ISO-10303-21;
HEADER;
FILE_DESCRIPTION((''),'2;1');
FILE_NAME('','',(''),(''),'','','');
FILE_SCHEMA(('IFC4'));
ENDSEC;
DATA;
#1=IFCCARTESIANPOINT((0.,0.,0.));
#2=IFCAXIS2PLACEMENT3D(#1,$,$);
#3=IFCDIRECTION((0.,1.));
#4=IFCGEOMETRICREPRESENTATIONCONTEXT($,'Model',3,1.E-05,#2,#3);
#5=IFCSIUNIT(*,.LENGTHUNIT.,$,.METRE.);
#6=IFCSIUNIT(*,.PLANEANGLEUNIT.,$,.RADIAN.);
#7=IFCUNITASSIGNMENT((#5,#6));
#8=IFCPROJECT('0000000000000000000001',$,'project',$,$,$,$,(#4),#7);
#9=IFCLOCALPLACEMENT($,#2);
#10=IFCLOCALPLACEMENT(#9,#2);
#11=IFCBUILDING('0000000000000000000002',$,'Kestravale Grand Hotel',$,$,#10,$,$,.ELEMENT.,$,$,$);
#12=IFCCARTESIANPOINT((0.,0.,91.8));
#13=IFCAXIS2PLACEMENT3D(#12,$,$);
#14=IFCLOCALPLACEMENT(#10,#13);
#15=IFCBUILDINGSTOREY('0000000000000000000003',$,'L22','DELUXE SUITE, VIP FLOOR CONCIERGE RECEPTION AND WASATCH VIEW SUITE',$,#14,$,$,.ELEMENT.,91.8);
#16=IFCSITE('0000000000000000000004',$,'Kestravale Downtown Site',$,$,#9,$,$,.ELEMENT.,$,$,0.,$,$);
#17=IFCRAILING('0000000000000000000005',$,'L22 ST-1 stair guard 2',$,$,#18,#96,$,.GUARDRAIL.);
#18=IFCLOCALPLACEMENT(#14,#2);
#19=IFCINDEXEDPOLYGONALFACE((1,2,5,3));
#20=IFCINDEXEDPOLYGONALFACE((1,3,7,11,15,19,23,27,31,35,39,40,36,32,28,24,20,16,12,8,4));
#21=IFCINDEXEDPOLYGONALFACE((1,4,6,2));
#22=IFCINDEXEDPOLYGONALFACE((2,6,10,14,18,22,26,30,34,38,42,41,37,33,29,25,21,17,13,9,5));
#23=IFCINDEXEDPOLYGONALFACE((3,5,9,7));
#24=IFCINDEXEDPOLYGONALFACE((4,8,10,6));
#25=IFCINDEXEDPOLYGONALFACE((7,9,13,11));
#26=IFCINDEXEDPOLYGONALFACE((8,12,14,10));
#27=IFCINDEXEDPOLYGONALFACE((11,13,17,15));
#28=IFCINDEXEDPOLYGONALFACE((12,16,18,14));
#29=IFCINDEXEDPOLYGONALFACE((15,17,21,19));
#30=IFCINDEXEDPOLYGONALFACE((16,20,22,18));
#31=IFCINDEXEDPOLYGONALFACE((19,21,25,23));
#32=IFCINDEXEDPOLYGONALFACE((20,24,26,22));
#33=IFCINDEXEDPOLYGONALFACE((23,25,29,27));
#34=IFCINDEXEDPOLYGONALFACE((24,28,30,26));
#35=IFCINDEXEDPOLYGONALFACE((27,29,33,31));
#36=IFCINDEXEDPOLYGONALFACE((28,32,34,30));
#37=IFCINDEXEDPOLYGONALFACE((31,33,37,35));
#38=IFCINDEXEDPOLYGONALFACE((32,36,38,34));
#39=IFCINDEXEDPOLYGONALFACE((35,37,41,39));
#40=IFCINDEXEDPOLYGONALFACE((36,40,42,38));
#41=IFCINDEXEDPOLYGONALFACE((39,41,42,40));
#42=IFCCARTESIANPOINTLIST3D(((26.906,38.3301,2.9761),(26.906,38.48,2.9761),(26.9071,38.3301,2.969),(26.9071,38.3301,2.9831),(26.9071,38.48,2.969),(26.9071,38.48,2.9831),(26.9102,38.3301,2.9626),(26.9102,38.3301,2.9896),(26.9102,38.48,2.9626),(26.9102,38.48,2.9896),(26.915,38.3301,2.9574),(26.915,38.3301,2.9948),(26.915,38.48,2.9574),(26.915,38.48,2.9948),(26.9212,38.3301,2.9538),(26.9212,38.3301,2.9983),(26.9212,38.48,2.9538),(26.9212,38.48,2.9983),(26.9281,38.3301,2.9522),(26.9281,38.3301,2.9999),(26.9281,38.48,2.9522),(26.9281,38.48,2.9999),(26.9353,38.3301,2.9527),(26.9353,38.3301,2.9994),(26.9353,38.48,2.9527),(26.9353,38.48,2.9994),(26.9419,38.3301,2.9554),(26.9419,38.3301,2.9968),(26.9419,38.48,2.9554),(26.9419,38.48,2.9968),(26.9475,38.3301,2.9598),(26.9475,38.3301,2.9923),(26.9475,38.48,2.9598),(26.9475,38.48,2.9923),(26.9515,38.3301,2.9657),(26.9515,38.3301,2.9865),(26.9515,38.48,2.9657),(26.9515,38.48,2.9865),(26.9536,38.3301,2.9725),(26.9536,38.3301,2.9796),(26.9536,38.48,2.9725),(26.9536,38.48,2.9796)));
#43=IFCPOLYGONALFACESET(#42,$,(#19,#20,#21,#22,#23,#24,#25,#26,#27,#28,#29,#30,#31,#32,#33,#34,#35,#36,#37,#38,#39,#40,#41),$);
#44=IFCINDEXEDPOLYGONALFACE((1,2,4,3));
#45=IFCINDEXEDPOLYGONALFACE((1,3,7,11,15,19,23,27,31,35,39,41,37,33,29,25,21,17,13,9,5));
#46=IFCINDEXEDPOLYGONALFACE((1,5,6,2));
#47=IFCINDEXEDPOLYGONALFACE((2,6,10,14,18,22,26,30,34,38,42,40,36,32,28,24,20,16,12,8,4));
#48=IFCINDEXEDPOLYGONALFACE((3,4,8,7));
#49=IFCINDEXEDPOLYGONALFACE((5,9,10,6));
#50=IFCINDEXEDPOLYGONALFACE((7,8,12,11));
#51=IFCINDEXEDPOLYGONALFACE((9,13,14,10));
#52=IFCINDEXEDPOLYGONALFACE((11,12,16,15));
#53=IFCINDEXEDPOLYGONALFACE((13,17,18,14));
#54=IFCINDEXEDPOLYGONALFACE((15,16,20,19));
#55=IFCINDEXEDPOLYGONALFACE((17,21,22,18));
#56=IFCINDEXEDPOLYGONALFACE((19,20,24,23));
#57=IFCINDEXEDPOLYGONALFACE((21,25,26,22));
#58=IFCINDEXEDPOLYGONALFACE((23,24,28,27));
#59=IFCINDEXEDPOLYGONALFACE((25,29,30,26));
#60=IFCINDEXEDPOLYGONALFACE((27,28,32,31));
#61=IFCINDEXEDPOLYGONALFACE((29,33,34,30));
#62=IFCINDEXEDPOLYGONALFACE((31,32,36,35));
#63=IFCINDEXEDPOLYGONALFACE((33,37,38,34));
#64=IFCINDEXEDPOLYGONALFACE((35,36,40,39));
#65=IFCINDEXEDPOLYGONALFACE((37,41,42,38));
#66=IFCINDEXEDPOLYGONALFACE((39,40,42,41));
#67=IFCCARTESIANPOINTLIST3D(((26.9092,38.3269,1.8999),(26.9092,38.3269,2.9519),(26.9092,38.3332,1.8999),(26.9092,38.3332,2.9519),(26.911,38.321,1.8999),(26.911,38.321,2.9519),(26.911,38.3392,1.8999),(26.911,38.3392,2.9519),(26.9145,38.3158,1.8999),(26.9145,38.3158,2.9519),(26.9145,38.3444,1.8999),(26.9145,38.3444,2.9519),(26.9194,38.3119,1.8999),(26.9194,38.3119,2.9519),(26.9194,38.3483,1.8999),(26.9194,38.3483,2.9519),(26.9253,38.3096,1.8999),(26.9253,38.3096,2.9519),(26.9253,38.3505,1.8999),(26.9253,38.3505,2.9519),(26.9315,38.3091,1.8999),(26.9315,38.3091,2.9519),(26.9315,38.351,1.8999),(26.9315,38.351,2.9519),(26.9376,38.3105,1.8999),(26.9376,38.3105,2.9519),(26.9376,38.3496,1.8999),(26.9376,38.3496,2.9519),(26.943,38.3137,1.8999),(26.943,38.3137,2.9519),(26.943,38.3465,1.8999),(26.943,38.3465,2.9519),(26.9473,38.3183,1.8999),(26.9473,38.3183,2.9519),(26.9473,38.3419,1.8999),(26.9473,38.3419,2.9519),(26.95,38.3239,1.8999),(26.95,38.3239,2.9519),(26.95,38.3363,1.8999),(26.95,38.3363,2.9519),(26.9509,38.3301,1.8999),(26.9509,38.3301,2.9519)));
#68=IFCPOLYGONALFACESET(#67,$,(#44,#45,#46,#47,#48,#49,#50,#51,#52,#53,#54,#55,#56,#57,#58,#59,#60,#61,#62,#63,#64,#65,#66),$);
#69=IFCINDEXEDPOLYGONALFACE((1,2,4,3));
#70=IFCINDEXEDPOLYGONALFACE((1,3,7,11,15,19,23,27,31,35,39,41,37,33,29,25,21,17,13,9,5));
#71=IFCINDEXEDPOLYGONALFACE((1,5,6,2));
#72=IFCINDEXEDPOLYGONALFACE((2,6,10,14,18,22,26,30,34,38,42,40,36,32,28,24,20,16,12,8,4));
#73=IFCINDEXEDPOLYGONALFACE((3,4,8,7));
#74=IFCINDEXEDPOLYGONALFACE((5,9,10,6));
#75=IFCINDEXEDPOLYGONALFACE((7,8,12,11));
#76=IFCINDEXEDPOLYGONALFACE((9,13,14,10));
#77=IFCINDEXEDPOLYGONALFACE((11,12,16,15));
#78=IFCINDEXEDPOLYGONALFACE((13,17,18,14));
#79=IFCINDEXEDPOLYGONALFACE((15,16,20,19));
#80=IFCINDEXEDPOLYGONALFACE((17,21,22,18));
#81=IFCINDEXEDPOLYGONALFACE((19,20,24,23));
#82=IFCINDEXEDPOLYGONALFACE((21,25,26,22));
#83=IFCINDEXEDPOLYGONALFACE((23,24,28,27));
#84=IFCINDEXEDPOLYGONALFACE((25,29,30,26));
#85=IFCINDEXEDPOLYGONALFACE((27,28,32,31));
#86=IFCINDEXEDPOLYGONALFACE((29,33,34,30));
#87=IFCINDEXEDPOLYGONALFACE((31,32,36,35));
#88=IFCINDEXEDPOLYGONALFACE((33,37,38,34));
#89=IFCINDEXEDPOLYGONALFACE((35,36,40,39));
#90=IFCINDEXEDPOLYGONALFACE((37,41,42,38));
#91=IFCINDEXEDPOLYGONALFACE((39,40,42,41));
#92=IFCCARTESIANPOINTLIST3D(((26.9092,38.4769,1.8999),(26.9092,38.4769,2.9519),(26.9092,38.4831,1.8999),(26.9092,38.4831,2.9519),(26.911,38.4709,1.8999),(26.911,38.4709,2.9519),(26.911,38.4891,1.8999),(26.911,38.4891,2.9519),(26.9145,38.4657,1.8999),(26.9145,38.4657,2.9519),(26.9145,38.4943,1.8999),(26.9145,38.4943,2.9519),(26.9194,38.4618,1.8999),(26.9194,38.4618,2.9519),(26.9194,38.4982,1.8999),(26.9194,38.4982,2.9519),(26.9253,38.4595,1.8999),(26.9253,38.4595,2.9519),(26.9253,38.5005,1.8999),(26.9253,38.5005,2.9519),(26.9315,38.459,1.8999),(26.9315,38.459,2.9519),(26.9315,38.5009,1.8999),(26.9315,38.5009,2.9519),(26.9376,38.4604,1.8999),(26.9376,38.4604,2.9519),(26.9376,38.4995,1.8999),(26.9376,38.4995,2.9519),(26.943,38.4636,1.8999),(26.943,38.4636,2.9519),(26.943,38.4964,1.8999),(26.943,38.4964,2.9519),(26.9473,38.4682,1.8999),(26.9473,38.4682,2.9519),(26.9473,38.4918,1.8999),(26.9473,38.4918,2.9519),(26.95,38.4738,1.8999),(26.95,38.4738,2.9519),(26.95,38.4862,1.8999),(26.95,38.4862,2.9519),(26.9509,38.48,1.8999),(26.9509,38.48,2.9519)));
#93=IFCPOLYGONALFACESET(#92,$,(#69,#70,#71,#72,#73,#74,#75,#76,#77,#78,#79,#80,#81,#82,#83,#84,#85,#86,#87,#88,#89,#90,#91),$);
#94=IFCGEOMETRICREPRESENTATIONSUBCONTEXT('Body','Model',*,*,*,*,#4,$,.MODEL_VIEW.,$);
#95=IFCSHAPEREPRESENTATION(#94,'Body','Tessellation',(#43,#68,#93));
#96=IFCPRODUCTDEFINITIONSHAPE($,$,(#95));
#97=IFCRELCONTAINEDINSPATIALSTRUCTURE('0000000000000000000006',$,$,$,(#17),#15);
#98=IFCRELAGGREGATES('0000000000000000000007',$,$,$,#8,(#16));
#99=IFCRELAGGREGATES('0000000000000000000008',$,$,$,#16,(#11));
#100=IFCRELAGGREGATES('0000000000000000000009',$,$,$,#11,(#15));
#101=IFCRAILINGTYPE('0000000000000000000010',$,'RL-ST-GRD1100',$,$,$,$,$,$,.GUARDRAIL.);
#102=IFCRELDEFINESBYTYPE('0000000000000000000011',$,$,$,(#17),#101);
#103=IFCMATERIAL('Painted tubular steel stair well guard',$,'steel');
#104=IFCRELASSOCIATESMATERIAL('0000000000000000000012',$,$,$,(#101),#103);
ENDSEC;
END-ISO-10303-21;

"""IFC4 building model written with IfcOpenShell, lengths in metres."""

from ifc_helpers import new_model, si_unit, direction, frame, origin, origin_2d, place, context, subcontext, project, spatial, circle, extrude, material, type_object, element, save


model = new_model("IFC4")

# Units and contexts
model_context = context("Model", 3, precision=1e-05, world=origin(), true_north=direction((0.0, 1.0)))
body_context = subcontext(model_context, "Body", "Model", "MODEL_VIEW")
ifc_project = project(units=[si_unit("LENGTHUNIT", "METRE"), si_unit("PLANEANGLEUNIT", "RADIAN")], contexts=[model_context])

# Site, building, storey
site_placement = place(None, origin())
site = spatial("IfcSite", under=ifc_project, at=site_placement, Name="Kestravale Downtown Site", CompositionType="ELEMENT", RefElevation=0.0)
building_placement = place(site_placement, origin())
building = spatial("IfcBuilding", under=site, at=building_placement, Name="Kestravale Grand Hotel", CompositionType="ELEMENT")
storey_placement = place(building_placement, frame((0.0, 0.0, 91.8)))
storey = spatial("IfcBuildingStorey", under=building, at=storey_placement, Name="L22", Description="DELUXE SUITE, VIP FLOOR CONCIERGE RECEPTION AND WASATCH VIEW SUITE", CompositionType="ELEMENT", Elevation=91.8)

# Railing
ifc_material_1 = material(Name="Painted tubular steel stair well guard", Category="steel")
railing_type_1 = type_object("IfcRailingType", Name="RL-ST-GRD1100", PredefinedType="GUARDRAIL", material=ifc_material_1)
railing_1_placement = place(storey_placement, frame((26.9299, 38.3301, 1.8999)))
element("IfcRailing", 1, at=railing_1_placement, inside=storey, type_object=railing_type_1, Name="L22 ST-1 stair guard 2", PredefinedType="GUARDRAIL", context=body_context, shape_type="SweptSolid", body=[
    extrude(circle(Radius=0.0239, at=origin_2d()), frame((0.0, 0.0, 1.0762), z_axis=(0.0, 1.0, 0.0), x_axis=(-1.0, 0.0, 0.0)), (0.0, 0.0, 1.0), 0.1499),
    extrude(circle(Radius=0.021, at=origin_2d()), origin(), (0.0, 0.0, 1.0), 1.052),
    extrude(circle(Radius=0.021, at=origin_2d()), frame((0.0, 0.1499, 0.0)), (0.0, 0.0, 1.0), 1.052),
])

save(model, "model.ifc")
